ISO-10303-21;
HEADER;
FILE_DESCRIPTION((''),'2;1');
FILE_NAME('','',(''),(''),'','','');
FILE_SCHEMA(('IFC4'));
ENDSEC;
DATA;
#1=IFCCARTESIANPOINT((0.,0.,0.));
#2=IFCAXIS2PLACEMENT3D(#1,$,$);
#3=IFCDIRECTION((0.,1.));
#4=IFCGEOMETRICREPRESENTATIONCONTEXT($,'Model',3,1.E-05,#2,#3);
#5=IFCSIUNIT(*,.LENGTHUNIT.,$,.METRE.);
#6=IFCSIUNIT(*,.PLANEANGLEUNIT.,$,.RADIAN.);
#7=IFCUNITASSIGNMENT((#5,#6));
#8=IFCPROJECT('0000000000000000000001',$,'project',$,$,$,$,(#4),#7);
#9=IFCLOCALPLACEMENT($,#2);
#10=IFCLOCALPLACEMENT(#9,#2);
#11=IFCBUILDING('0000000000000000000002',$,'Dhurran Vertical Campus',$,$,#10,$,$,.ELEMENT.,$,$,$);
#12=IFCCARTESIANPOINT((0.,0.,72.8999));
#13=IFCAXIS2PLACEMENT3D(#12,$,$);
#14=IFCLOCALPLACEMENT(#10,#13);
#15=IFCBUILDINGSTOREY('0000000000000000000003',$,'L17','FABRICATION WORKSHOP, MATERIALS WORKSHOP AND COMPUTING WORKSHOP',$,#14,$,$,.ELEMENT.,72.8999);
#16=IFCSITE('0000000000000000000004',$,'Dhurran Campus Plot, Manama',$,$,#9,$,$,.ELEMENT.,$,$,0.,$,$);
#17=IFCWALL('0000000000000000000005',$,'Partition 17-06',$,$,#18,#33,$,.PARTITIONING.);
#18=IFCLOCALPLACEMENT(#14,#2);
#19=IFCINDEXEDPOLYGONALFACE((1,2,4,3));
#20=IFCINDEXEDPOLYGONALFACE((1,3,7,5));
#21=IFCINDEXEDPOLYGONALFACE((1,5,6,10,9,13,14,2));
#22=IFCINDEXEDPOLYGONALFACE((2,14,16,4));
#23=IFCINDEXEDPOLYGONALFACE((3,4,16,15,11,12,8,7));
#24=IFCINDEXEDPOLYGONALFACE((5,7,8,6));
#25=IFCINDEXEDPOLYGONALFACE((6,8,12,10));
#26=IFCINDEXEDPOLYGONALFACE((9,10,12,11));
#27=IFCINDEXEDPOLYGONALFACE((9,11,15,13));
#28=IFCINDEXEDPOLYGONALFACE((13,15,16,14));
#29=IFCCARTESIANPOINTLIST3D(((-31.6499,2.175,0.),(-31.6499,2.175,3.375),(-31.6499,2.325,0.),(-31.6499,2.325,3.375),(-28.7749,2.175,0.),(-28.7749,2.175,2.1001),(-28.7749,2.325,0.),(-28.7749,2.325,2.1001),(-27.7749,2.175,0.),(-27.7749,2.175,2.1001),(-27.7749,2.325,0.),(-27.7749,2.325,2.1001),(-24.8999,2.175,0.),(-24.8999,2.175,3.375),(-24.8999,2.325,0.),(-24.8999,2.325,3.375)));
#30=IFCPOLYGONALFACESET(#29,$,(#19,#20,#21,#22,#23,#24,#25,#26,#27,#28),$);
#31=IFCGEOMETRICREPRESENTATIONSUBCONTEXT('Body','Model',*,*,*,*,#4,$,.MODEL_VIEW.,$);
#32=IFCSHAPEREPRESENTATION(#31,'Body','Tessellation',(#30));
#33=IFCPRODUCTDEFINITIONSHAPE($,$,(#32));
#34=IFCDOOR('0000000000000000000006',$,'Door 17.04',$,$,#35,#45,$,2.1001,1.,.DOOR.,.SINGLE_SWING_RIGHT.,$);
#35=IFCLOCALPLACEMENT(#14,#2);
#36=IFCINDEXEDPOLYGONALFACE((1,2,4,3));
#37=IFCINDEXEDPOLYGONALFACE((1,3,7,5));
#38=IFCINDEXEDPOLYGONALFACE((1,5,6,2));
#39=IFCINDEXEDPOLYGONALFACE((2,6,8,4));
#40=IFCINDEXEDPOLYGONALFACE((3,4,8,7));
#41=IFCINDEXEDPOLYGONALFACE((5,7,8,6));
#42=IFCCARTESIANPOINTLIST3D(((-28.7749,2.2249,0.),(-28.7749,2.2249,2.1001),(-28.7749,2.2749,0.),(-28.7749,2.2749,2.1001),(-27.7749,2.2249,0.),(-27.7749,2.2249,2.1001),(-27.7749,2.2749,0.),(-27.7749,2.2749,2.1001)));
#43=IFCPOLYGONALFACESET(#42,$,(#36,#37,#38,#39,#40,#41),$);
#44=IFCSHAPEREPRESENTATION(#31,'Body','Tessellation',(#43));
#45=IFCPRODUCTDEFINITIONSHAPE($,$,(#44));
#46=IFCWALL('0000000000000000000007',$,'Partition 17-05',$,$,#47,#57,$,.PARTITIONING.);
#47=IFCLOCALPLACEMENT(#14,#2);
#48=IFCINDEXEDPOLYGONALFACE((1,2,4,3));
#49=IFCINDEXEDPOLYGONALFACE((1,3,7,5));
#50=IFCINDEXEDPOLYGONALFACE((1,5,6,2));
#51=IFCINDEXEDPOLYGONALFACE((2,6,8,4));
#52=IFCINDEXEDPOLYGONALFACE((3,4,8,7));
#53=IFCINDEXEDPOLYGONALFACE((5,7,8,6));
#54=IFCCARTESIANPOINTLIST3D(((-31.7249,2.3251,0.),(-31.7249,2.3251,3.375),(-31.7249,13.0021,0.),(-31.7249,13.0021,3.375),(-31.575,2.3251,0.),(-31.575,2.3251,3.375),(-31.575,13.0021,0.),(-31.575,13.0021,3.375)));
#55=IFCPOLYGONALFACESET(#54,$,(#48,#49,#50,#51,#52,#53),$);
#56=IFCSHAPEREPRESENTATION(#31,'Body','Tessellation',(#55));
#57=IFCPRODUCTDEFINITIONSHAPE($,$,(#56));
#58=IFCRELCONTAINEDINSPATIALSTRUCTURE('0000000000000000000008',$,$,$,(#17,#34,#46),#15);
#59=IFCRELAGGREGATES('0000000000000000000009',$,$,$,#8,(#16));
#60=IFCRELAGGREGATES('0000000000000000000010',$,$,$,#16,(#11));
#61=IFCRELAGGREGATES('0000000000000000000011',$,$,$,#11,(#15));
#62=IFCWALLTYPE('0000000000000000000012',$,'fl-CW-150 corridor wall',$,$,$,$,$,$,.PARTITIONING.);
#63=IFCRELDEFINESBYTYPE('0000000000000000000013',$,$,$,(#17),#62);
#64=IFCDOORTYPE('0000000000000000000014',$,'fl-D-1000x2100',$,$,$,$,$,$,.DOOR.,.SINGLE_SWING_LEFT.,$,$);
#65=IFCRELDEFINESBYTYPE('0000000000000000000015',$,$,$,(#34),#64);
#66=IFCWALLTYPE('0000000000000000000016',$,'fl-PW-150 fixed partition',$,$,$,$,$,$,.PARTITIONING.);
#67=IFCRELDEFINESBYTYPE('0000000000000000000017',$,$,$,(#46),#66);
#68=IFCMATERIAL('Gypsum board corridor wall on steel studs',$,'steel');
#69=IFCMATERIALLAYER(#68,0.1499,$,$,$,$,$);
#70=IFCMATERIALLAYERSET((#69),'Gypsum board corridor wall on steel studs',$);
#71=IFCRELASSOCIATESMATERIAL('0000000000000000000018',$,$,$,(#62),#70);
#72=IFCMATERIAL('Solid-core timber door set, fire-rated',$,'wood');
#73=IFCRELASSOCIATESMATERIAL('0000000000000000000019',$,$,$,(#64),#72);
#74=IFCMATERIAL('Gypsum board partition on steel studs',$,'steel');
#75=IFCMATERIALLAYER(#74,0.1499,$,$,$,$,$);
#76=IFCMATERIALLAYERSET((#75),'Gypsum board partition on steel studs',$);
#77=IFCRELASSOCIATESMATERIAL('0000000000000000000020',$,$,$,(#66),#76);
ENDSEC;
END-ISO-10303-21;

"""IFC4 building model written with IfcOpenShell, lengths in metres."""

from ifc_helpers import new_model, si_unit, direction, frame, frame_2d, origin, place, context, subcontext, project, spatial, rectangle, extrude, material, layer, layer_set, type_object, element, fill, save


model = new_model("IFC4")

# Units and contexts
model_context = context("Model", 3, precision=1e-05, world=origin(), true_north=direction((0.0, 1.0)))
body_context = subcontext(model_context, "Body", "Model", "MODEL_VIEW")
ifc_project = project(units=[si_unit("LENGTHUNIT", "METRE"), si_unit("PLANEANGLEUNIT", "RADIAN")], contexts=[model_context])

# Site, building, storey
site_placement = place(None, origin())
site = spatial("IfcSite", under=ifc_project, at=site_placement, Name="Dhurran Campus Plot, Manama", CompositionType="ELEMENT", RefElevation=0.0)
building_placement = place(site_placement, origin())
building = spatial("IfcBuilding", under=site, at=building_placement, Name="Dhurran Vertical Campus", CompositionType="ELEMENT")
storey_placement = place(building_placement, frame((0.0, 0.0, 72.8999)))
storey = spatial("IfcBuildingStorey", under=building, at=storey_placement, Name="L17", Description="FABRICATION WORKSHOP, MATERIALS WORKSHOP AND COMPUTING WORKSHOP", CompositionType="ELEMENT", Elevation=72.8999)

# Wall, opening, door
ifc_material_1 = material(Name="Gypsum board corridor wall on steel studs", Category="steel")
ifc_layer_1 = layer(ifc_material_1, 0.1499)
ifc_layer_set_1 = layer_set([ifc_layer_1], Name="Gypsum board corridor wall on steel studs")
wall_type_1 = type_object("IfcWallType", Name="fl-CW-150 corridor wall", PredefinedType="PARTITIONING", material=ifc_layer_set_1)
ifc_material_2 = material(Name="Solid-core timber door set, fire-rated", Category="wood")
door_type = type_object("IfcDoorType", Name="fl-D-1000x2100", OperationType="SINGLE_SWING_LEFT", PredefinedType="DOOR", material=ifc_material_2)
wall_1_placement = place(storey_placement, frame((-31.6499, 2.25, 0.0), z_axis=(0.0, 0.0, 1.0), x_axis=(1.0, 0.0, 0.0)))
wall_1 = element("IfcWall", 1, at=wall_1_placement, inside=storey, type_object=wall_type_1, Name="Partition 17-06", PredefinedType="PARTITIONING", context=body_context, shape_type="SweptSolid", body=[
    extrude(rectangle(XDim=6.75, YDim=0.1499, at=frame_2d((3.375, 0.0))), origin(), (0.0, 0.0, 1.0), 3.375),
])
opening_1_placement = place(wall_1_placement, frame((2.875, 0.0, 0.0)))
opening_1 = element("IfcOpeningElement", 2, at=opening_1_placement, cuts=wall_1, PredefinedType="OPENING", context=body_context, shape_type="SweptSolid", body=[
    extrude(rectangle(XDim=1.0, YDim=2.1001, at=frame_2d((0.5, 1.05))), frame((0.0, 0.085, 0.0), z_axis=(0.0, -1.0, 0.0), x_axis=(1.0, 0.0, 0.0)), (0.0, 0.0, 1.0), 0.1699),
])
door_1_placement = place(opening_1_placement, origin())
door_1 = element("IfcDoor", 3, at=door_1_placement, inside=storey, type_object=door_type, Name="Door 17.04", OperationType="SINGLE_SWING_RIGHT", OverallHeight=2.1001, OverallWidth=1.0, PredefinedType="DOOR", context=body_context, shape_type="SweptSolid", body=[
    extrude(rectangle(XDim=1.0, YDim=2.1001, at=frame_2d((0.5, 1.05))), frame((0.0, 0.0249, 0.0), z_axis=(0.0, -1.0, 0.0), x_axis=(1.0, 0.0, 0.0)), (0.0, 0.0, 1.0), 0.05),
])
fill(opening_1, door_1)

# Wall
ifc_material_3 = material(Name="Gypsum board partition on steel studs", Category="steel")
ifc_layer_2 = layer(ifc_material_3, 0.1499)
ifc_layer_set_2 = layer_set([ifc_layer_2], Name="Gypsum board partition on steel studs")
wall_type_2 = type_object("IfcWallType", Name="fl-PW-150 fixed partition", PredefinedType="PARTITIONING", material=ifc_layer_set_2)
wall_2_placement = place(storey_placement, frame((-31.6499, 13.002, 0.0), z_axis=(0.0, 0.0, 1.0), x_axis=(0.0, -1.0, 0.0)))
element("IfcWall", 4, at=wall_2_placement, inside=storey, type_object=wall_type_2, Name="Partition 17-05", PredefinedType="PARTITIONING", context=body_context, shape_type="SweptSolid", body=[
    extrude(rectangle(XDim=10.677, YDim=0.1499, at=frame_2d((5.3384, 0.0))), origin(), (0.0, 0.0, 1.0), 3.375),
])

save(model, "model.ifc")
